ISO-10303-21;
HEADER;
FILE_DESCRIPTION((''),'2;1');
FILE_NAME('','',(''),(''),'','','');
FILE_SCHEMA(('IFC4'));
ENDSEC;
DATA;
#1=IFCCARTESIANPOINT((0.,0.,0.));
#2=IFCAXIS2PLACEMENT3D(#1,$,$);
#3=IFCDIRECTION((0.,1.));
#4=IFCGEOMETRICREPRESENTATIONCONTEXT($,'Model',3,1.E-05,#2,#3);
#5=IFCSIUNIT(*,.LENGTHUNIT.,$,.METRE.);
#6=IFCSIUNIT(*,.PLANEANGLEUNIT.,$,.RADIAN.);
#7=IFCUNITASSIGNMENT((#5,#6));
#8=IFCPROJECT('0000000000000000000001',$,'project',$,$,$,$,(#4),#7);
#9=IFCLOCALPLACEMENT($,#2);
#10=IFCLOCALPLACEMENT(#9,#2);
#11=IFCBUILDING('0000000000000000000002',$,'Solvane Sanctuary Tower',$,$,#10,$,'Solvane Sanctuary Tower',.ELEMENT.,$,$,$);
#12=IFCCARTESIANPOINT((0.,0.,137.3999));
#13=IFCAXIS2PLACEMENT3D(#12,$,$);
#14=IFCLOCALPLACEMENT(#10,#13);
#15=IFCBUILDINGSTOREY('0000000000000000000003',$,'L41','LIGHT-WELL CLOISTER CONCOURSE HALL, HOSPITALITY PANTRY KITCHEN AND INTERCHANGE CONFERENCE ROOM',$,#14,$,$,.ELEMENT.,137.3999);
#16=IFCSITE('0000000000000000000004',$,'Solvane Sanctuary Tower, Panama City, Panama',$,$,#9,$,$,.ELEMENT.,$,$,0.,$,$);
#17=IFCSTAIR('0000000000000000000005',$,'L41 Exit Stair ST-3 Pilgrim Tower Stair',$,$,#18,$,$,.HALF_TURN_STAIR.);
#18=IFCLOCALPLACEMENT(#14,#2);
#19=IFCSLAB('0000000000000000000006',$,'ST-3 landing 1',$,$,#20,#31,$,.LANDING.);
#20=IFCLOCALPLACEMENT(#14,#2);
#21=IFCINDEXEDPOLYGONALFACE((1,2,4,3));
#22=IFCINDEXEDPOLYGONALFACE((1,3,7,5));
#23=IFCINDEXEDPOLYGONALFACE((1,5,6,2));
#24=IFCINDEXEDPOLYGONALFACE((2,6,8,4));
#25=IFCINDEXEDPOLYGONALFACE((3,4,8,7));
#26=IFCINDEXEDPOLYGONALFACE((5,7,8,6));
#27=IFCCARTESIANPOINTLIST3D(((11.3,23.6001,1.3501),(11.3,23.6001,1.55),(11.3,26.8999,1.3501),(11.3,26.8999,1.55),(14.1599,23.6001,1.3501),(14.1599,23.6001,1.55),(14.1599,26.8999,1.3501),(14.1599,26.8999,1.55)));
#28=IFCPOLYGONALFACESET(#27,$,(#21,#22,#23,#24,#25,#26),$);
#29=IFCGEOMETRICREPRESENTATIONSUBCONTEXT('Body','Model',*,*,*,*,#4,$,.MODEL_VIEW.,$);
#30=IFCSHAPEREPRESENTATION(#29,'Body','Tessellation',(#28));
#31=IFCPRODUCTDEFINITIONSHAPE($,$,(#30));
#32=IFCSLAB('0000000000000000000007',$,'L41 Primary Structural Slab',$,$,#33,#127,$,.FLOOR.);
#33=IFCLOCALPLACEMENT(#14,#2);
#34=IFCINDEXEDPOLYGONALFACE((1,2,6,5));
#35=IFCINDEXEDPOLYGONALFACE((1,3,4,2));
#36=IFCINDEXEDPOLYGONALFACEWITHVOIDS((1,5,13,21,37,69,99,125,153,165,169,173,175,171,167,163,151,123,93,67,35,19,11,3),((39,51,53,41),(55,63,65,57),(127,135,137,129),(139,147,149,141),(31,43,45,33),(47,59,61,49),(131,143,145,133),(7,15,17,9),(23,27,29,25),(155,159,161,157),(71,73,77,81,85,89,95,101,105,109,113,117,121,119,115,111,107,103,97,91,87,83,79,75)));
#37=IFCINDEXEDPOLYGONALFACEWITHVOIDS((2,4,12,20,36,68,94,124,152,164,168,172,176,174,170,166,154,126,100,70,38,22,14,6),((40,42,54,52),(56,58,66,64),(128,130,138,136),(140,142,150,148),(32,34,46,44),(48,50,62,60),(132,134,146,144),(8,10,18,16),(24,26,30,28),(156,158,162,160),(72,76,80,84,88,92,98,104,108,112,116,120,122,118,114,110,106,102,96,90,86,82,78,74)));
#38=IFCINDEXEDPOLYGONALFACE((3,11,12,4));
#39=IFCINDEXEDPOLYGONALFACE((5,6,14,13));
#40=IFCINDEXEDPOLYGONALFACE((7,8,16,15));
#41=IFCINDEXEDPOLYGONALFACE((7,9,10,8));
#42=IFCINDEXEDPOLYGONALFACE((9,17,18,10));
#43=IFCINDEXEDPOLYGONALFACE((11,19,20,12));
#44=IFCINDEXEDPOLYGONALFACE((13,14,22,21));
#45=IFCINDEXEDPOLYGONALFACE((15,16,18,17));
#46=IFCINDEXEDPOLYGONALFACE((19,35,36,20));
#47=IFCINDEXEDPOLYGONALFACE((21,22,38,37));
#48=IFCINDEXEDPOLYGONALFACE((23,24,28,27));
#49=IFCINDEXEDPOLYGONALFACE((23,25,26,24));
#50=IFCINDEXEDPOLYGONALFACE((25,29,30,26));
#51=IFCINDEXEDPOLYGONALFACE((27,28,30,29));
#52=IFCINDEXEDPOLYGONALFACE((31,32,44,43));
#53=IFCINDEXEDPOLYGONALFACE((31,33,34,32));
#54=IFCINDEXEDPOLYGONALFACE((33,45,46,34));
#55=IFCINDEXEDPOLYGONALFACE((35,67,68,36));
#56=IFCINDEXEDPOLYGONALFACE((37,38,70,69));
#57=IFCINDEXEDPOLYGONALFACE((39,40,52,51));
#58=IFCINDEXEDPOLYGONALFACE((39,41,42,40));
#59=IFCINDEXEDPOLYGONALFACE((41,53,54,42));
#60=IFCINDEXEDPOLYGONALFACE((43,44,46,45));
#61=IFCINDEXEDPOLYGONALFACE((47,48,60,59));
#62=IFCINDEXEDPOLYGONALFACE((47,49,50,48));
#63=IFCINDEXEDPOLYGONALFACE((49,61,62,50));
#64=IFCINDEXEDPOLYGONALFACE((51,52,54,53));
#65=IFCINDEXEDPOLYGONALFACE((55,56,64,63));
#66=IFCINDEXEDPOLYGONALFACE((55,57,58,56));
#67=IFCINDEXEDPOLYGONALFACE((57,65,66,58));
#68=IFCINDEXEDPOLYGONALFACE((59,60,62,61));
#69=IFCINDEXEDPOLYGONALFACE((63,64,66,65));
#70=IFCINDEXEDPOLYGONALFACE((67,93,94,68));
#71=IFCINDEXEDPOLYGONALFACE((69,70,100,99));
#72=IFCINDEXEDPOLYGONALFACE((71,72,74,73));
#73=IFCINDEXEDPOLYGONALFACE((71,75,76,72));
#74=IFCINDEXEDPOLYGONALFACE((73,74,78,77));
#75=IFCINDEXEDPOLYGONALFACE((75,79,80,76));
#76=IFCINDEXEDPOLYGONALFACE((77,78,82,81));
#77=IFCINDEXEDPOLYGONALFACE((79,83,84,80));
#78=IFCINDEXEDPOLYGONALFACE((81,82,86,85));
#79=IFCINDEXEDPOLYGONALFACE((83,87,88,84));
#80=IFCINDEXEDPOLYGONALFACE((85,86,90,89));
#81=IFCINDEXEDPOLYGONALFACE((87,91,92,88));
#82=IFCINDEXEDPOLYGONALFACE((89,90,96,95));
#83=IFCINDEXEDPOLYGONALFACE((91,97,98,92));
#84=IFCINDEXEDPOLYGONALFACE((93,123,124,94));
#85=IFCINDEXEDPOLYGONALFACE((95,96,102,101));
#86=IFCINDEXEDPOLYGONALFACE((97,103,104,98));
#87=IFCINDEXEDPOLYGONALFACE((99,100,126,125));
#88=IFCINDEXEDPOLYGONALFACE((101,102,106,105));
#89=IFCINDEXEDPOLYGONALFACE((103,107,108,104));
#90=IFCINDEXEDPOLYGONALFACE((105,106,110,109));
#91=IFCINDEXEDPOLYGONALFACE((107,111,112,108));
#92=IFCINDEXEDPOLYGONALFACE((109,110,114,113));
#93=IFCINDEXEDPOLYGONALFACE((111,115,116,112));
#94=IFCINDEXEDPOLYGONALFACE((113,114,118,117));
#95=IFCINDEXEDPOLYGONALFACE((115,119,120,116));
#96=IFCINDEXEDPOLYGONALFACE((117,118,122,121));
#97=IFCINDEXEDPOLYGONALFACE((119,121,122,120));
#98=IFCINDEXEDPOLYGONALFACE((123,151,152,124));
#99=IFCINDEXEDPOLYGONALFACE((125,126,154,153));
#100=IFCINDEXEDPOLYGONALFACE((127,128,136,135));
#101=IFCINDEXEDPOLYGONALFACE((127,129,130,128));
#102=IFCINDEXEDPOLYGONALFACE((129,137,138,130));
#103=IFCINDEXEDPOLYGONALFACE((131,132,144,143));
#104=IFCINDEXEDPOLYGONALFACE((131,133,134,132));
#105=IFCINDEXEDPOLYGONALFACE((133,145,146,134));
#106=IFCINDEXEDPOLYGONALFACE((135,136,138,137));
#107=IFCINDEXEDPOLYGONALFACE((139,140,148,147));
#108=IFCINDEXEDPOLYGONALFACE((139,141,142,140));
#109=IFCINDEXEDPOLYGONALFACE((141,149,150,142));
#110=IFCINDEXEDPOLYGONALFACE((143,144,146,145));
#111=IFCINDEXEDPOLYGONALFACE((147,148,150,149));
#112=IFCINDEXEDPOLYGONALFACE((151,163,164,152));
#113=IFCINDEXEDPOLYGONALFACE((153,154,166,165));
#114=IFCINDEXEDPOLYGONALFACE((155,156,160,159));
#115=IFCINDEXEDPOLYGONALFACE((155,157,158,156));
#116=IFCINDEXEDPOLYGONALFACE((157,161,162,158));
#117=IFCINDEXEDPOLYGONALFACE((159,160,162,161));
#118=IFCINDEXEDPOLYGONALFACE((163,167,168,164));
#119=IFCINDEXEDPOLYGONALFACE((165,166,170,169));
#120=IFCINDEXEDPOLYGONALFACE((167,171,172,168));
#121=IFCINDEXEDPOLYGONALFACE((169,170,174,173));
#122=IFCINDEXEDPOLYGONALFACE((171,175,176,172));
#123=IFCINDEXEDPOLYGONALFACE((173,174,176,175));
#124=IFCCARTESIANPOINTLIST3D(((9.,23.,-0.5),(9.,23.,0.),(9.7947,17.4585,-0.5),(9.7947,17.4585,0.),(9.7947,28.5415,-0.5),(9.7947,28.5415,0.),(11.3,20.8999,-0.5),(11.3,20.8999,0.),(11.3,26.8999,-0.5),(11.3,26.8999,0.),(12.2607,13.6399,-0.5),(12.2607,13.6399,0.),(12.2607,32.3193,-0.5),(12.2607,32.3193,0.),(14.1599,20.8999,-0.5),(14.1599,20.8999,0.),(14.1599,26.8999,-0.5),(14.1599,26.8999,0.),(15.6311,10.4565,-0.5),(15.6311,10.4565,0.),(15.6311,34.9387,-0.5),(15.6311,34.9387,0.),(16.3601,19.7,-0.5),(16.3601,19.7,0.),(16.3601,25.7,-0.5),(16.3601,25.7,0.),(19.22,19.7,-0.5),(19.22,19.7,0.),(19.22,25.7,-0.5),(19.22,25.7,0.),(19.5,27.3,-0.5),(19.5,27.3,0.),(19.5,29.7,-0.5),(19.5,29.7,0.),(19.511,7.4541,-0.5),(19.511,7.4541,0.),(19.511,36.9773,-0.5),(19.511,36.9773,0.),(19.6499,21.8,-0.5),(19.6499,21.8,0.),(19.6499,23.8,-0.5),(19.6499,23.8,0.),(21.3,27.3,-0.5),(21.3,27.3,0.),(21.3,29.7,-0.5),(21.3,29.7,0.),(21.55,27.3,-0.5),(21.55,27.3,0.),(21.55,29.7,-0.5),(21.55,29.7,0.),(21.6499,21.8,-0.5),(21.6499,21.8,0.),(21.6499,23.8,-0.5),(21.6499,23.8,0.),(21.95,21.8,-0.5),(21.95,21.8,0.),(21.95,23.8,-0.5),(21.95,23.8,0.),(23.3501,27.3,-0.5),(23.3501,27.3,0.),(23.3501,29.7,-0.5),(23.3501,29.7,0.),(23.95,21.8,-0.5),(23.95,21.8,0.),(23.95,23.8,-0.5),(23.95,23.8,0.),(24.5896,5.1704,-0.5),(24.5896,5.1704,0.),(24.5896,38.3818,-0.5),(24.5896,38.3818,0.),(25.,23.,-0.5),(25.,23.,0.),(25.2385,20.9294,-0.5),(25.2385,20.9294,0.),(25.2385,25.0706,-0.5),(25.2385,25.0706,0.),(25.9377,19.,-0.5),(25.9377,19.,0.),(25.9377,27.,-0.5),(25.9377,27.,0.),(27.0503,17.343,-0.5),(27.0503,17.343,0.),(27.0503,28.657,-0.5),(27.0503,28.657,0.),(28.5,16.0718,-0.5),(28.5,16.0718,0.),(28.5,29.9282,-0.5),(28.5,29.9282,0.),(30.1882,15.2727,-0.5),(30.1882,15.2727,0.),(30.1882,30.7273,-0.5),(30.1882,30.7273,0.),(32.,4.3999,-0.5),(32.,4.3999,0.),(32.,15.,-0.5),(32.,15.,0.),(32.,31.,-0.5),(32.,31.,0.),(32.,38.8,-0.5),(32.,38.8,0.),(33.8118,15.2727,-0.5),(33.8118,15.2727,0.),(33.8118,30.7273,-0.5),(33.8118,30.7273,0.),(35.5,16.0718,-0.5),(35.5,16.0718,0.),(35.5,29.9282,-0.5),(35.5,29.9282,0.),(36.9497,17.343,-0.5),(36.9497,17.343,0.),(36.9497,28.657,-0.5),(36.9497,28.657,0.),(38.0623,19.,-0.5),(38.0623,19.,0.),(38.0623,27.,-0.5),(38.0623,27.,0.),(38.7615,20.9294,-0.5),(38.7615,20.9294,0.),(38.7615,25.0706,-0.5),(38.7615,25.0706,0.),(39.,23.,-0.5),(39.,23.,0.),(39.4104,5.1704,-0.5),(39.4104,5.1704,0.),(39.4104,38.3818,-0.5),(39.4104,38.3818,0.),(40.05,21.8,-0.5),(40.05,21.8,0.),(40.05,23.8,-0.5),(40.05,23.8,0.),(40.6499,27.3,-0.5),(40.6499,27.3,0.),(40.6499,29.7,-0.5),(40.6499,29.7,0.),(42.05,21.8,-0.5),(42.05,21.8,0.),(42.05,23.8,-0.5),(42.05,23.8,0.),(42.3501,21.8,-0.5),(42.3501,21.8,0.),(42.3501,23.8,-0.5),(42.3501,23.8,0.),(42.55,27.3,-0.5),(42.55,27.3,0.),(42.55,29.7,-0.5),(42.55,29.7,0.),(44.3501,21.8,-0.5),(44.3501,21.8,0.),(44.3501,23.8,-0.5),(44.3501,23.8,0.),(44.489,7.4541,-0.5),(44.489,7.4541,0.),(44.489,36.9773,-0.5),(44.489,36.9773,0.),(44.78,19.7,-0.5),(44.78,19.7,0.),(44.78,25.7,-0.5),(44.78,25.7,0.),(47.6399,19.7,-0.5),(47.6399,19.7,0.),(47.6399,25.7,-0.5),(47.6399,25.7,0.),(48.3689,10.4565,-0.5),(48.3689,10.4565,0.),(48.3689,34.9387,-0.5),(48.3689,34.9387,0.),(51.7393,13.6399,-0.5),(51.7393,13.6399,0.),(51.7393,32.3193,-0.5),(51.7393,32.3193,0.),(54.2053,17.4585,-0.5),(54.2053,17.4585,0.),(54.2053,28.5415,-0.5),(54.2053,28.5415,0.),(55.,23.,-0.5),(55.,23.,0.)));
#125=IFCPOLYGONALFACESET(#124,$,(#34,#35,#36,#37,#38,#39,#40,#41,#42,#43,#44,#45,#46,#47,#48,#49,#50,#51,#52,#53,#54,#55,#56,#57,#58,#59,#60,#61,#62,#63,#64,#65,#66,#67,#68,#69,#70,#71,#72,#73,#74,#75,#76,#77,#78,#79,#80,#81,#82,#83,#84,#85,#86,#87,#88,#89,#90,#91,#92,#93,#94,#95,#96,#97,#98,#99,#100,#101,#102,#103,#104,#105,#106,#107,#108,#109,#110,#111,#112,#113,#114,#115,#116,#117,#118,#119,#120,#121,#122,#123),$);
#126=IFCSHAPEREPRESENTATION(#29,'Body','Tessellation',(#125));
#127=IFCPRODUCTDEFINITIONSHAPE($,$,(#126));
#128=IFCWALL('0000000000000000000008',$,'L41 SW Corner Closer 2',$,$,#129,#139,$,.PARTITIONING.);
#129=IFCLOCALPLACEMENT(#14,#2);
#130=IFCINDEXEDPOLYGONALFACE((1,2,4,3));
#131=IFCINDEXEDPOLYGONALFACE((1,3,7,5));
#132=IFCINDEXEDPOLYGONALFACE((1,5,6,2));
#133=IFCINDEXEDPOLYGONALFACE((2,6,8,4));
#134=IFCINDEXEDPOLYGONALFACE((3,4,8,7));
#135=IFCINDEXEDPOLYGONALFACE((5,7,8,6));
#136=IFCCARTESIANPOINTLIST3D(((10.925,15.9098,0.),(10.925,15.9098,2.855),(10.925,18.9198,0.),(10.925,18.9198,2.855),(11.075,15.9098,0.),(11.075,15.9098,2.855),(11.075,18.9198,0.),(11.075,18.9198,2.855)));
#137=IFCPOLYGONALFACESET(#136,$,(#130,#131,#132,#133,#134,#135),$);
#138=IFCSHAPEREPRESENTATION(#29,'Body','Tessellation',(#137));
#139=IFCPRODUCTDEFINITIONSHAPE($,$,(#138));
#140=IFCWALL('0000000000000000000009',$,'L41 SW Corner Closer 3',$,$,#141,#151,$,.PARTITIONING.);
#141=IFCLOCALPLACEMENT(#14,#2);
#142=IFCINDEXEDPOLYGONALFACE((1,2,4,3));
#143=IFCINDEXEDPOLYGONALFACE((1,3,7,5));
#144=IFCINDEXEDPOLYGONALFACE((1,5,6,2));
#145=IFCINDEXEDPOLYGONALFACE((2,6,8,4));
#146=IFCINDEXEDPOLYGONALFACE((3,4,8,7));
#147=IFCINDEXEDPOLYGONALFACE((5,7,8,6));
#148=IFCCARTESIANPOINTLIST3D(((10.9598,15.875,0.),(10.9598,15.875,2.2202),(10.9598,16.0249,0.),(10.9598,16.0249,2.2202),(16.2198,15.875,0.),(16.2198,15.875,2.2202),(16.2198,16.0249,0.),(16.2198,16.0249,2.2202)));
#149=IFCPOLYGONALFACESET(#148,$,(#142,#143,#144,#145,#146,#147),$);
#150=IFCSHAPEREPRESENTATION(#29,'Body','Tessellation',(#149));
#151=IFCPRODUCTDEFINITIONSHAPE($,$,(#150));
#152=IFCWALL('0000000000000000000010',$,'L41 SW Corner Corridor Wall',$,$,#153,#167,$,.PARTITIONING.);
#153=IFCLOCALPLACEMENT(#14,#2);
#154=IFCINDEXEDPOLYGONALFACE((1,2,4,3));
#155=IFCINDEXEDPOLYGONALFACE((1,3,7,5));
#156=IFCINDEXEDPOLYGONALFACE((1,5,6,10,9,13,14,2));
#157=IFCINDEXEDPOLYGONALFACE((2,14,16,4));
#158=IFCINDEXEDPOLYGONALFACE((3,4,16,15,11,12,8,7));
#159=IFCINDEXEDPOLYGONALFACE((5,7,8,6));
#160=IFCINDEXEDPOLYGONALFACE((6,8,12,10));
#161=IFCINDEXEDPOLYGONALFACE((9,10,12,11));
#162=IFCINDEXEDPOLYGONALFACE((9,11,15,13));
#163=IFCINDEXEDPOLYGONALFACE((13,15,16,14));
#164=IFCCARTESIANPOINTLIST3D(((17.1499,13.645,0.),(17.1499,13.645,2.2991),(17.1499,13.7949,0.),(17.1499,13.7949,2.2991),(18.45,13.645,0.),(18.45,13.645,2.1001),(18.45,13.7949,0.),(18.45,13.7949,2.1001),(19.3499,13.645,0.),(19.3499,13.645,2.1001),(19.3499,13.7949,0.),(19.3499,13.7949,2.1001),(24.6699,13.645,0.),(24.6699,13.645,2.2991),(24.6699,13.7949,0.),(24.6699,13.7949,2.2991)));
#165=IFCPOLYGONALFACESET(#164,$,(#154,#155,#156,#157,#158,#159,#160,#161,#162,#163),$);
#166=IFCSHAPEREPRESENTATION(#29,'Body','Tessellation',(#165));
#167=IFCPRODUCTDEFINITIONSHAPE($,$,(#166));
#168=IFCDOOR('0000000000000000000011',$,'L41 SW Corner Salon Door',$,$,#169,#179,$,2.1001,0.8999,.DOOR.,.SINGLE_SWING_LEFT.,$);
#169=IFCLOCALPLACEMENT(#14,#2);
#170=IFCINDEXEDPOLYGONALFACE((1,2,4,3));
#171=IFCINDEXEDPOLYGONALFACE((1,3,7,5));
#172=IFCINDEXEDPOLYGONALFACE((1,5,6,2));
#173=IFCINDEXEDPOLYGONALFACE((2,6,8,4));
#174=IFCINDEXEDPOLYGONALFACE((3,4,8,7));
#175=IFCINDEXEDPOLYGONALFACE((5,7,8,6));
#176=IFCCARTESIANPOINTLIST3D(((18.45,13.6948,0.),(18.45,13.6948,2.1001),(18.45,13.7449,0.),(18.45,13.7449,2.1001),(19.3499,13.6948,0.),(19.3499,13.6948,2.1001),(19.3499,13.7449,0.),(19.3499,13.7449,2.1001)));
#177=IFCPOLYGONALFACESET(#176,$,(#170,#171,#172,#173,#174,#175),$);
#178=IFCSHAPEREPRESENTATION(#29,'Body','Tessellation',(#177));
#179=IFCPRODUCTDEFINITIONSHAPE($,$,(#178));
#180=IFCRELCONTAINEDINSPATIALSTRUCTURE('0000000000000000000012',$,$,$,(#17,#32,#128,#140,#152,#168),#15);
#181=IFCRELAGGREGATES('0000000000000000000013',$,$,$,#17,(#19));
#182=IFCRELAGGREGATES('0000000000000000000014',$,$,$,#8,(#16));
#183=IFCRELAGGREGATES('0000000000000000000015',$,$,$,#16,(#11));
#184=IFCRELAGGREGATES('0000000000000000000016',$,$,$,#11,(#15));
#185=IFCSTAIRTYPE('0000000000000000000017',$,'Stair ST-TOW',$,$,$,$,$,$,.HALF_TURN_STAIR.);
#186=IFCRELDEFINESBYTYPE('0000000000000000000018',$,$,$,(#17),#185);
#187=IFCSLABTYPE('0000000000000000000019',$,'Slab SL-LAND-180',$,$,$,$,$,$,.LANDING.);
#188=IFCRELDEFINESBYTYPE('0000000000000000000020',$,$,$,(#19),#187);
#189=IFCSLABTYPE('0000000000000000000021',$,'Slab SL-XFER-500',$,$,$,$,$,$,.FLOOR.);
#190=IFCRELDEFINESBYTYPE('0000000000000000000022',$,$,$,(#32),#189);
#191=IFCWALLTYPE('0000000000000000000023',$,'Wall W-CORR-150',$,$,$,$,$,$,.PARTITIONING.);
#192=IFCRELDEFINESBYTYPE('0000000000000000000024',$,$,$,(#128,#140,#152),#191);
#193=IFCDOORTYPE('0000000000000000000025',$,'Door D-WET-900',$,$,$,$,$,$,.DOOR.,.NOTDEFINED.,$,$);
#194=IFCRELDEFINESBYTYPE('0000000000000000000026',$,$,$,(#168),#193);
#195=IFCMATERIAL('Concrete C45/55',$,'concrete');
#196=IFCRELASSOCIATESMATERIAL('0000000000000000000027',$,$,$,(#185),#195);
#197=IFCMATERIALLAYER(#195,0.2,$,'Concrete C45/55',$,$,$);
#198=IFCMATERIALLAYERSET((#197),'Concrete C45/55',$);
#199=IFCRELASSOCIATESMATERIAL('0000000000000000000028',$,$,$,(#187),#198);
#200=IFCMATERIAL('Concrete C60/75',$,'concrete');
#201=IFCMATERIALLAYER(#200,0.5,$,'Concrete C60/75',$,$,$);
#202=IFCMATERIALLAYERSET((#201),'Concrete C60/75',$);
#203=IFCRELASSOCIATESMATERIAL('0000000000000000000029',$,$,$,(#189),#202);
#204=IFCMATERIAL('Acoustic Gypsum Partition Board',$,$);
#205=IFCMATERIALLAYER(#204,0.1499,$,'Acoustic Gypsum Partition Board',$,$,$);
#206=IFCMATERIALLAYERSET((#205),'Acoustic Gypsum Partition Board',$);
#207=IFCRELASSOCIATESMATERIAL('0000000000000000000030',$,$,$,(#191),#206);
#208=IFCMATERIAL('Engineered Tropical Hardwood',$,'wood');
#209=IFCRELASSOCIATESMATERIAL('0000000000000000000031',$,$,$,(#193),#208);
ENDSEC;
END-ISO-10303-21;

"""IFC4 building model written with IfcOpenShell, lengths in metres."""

from ifc_helpers import new_model, si_unit, direction, frame, frame_2d, origin, place, context, subcontext, project, spatial, polyline, rectangle, outline, extrude, material, layer, layer_set, type_object, element, fill, aggregate, save


model = new_model("IFC4")

# Units and contexts
model_context = context("Model", 3, precision=1e-05, world=origin(), true_north=direction((0.0, 1.0)))
body_context = subcontext(model_context, "Body", "Model", "MODEL_VIEW")
ifc_project = project(units=[si_unit("LENGTHUNIT", "METRE"), si_unit("PLANEANGLEUNIT", "RADIAN")], contexts=[model_context])

# Site, building, storey
site_placement = place(None, origin())
site = spatial("IfcSite", under=ifc_project, at=site_placement, Name="Solvane Sanctuary Tower, Panama City, Panama", CompositionType="ELEMENT", RefElevation=0.0)
building_placement = place(site_placement, origin())
building = spatial("IfcBuilding", under=site, at=building_placement, Name="Solvane Sanctuary Tower", LongName="Solvane Sanctuary Tower", CompositionType="ELEMENT")
storey_placement = place(building_placement, frame((0.0, 0.0, 137.3999)))
storey = spatial("IfcBuildingStorey", under=building, at=storey_placement, Name="L41", Description="LIGHT-WELL CLOISTER CONCOURSE HALL, HOSPITALITY PANTRY KITCHEN AND INTERCHANGE CONFERENCE ROOM", CompositionType="ELEMENT", Elevation=137.3999)

# Shared definitions
ifc_material_1 = material(Name="Concrete C60/75", Category="concrete")

# Stair, slab
ifc_material_2 = material(Name="Concrete C45/55", Category="concrete")
stair_type = type_object("IfcStairType", Name="Stair ST-TOW", PredefinedType="HALF_TURN_STAIR", material=ifc_material_2)
ifc_layer_1 = layer(ifc_material_2, 0.2, Name="Concrete C45/55")
ifc_layer_set_1 = layer_set([ifc_layer_1], Name="Concrete C45/55")
slab_type_1 = type_object("IfcSlabType", Name="Slab SL-LAND-180", PredefinedType="LANDING", material=ifc_layer_set_1)
stair_1_placement = place(storey_placement, origin())
stair_1 = element("IfcStair", 1, at=stair_1_placement, inside=storey, type_object=stair_type, Name="L41 Exit Stair ST-3 Pilgrim Tower Stair", PredefinedType="HALF_TURN_STAIR")
slab_1_placement = place(storey_placement, frame((0.0, 0.0, 1.3501)))
slab_1 = element("IfcSlab", 2, at=slab_1_placement, type_object=slab_type_1, Name="ST-3 landing 1", PredefinedType="LANDING", context=body_context, shape_type="SweptSolid", body=[
    extrude(outline(polyline([(14.1599, 23.6001), (14.1599, 26.8999), (11.3, 26.8999), (11.3, 23.6001), (14.1599, 23.6001)])), origin(), (0.0, 0.0, 1.0), 0.2),
])
aggregate(stair_1, [slab_1])

# Slab
ifc_layer_2 = layer(ifc_material_1, 0.5, Name="Concrete C60/75")
ifc_layer_set_2 = layer_set([ifc_layer_2], Name="Concrete C60/75")
slab_type_2 = type_object("IfcSlabType", Name="Slab SL-XFER-500", PredefinedType="FLOOR", material=ifc_layer_set_2)
slab_2_placement = place(storey_placement, frame((0.0, 0.0, -0.5)))
element("IfcSlab", 3, at=slab_2_placement, inside=storey, type_object=slab_type_2, Name="L41 Primary Structural Slab", PredefinedType="FLOOR", context=body_context, shape_type="SweptSolid", body=[
    extrude(outline(polyline([(55.0, 23.0), (54.2053, 28.5415), (51.7393, 32.3193), (48.3689, 34.9387), (44.489, 36.9773), (39.4104, 38.3818), (32.0, 38.8), (24.5896, 38.3818), (19.511, 36.9773), (15.6311, 34.9387), (12.2607, 32.3193), (9.7947, 28.5415), (9.0, 23.0), (9.7947, 17.4585), (12.2607, 13.6399), (15.6311, 10.4565), (19.511, 7.4541), (24.5896, 5.1704), (32.0, 4.3999), (39.4104, 5.1704), (44.489, 7.4541), (48.3689, 10.4565), (51.7393, 13.6399), (54.2053, 17.4585), (55.0, 23.0)]), holes=[polyline([(38.7615, 20.9294), (38.0623, 19.0), (36.9497, 17.343), (35.5, 16.0718), (33.8118, 15.2727), (32.0, 15.0), (30.1882, 15.2727), (28.5, 16.0718), (27.0503, 17.343), (25.9377, 19.0), (25.2385, 20.9294), (25.0, 23.0), (25.2385, 25.0706), (25.9377, 27.0), (27.0503, 28.657), (28.5, 29.9282), (30.1882, 30.7273), (32.0, 31.0), (33.8118, 30.7273), (35.5, 29.9282), (36.9497, 28.657), (38.0623, 27.0), (38.7615, 25.0706), (39.0, 23.0), (38.7615, 20.9294)]), polyline([(16.3601, 19.7), (16.3601, 25.7), (19.22, 25.7), (19.22, 19.7), (16.3601, 19.7)]), polyline([(44.78, 19.7), (44.78, 25.7), (47.6399, 25.7), (47.6399, 19.7), (44.78, 19.7)]), polyline([(11.3, 20.8999), (11.3, 26.8999), (14.1599, 26.8999), (14.1599, 20.8999), (11.3, 20.8999)]), polyline([(19.6499, 23.8), (21.6499, 23.8), (21.6499, 21.8), (19.6499, 21.8), (19.6499, 23.8)]), polyline([(42.3501, 23.8), (44.3501, 23.8), (44.3501, 21.8), (42.3501, 21.8), (42.3501, 23.8)]), polyline([(21.95, 23.8), (23.95, 23.8), (23.95, 21.8), (21.95, 21.8), (21.95, 23.8)]), polyline([(40.05, 23.8), (42.05, 23.8), (42.05, 21.8), (40.05, 21.8), (40.05, 23.8)]), polyline([(19.5, 29.7), (21.3, 29.7), (21.3, 27.3), (19.5, 27.3), (19.5, 29.7)]), polyline([(21.55, 29.7), (23.3501, 29.7), (23.3501, 27.3), (21.55, 27.3), (21.55, 29.7)]), polyline([(40.6499, 29.7), (42.55, 29.7), (42.55, 27.3), (40.6499, 27.3), (40.6499, 29.7)])]), origin(), (0.0, 0.0, 1.0), 0.5),
])

# Walls
ifc_material_3 = material(Name="Acoustic Gypsum Partition Board")
ifc_layer_3 = layer(ifc_material_3, 0.1499, Name="Acoustic Gypsum Partition Board")
ifc_layer_set_3 = layer_set([ifc_layer_3], Name="Acoustic Gypsum Partition Board")
wall_type_1 = type_object("IfcWallType", Name="Wall W-CORR-150", PredefinedType="PARTITIONING", material=ifc_layer_set_3)
wall_1_placement = place(storey_placement, frame((11.0, 15.9099, 0.0), z_axis=(0.0, 0.0, 1.0), x_axis=(0.0, 1.0, 0.0)))
element("IfcWall", 4, at=wall_1_placement, inside=storey, type_object=wall_type_1, Name="L41 SW Corner Closer 2", PredefinedType="PARTITIONING", context=body_context, shape_type="SweptSolid", body=[
    extrude(rectangle(XDim=3.01, YDim=0.1499, at=frame_2d((1.5049, 0.0))), origin(), (0.0, 0.0, 1.0), 2.855),
])
wall_2_placement = place(storey_placement, frame((10.96, 15.95, 0.0), z_axis=(0.0, 0.0, 1.0), x_axis=(1.0, 0.0, 0.0)))
element("IfcWall", 5, at=wall_2_placement, inside=storey, type_object=wall_type_1, Name="L41 SW Corner Closer 3", PredefinedType="PARTITIONING", context=body_context, shape_type="SweptSolid", body=[
    extrude(rectangle(XDim=5.26, YDim=0.1499, at=frame_2d((2.6299, 0.0))), origin(), (0.0, 0.0, 1.0), 2.2202),
])

# Wall, opening, door
wall_3_placement = place(storey_placement, frame((17.1499, 13.72, 0.0), z_axis=(0.0, 0.0, 1.0), x_axis=(1.0, 0.0, 0.0)))
wall_3 = element("IfcWall", 6, at=wall_3_placement, inside=storey, type_object=wall_type_1, Name="L41 SW Corner Corridor Wall", PredefinedType="PARTITIONING", context=body_context, shape_type="SweptSolid", body=[
    extrude(rectangle(XDim=7.52, YDim=0.1499, at=frame_2d((3.76, 0.0))), origin(), (0.0, 0.0, 1.0), 2.2991),
])
opening_1_placement = place(wall_3_placement, frame((1.3, 0.0, 0.0)))
opening_1 = element("IfcOpeningElement", 7, at=opening_1_placement, cuts=wall_3, PredefinedType="OPENING", context=body_context, shape_type="SweptSolid", body=[
    extrude(rectangle(XDim=0.8999, YDim=2.1001, at=frame_2d((0.45, 1.05))), frame((0.0, 0.085, 0.0), z_axis=(0.0, -1.0, 0.0), x_axis=(1.0, 0.0, 0.0)), (0.0, 0.0, 1.0), 0.1699),
])
ifc_material_4 = material(Name="Engineered Tropical Hardwood", Category="wood")
door_type_1 = type_object("IfcDoorType", Name="Door D-WET-900", OperationType="NOTDEFINED", PredefinedType="DOOR", material=ifc_material_4)
door_1_placement = place(opening_1_placement, origin())
door_1 = element("IfcDoor", 8, at=door_1_placement, inside=storey, type_object=door_type_1, Name="L41 SW Corner Salon Door", OperationType="SINGLE_SWING_LEFT", OverallHeight=2.1001, OverallWidth=0.8999, PredefinedType="DOOR", context=body_context, shape_type="SweptSolid", body=[
    extrude(rectangle(XDim=0.8999, YDim=2.1001, at=frame_2d((0.45, 1.05))), frame((0.0, 0.0249, 0.0), z_axis=(0.0, -1.0, 0.0), x_axis=(1.0, 0.0, 0.0)), (0.0, 0.0, 1.0), 0.05),
])
fill(opening_1, door_1)

save(model, "model.ifc")
